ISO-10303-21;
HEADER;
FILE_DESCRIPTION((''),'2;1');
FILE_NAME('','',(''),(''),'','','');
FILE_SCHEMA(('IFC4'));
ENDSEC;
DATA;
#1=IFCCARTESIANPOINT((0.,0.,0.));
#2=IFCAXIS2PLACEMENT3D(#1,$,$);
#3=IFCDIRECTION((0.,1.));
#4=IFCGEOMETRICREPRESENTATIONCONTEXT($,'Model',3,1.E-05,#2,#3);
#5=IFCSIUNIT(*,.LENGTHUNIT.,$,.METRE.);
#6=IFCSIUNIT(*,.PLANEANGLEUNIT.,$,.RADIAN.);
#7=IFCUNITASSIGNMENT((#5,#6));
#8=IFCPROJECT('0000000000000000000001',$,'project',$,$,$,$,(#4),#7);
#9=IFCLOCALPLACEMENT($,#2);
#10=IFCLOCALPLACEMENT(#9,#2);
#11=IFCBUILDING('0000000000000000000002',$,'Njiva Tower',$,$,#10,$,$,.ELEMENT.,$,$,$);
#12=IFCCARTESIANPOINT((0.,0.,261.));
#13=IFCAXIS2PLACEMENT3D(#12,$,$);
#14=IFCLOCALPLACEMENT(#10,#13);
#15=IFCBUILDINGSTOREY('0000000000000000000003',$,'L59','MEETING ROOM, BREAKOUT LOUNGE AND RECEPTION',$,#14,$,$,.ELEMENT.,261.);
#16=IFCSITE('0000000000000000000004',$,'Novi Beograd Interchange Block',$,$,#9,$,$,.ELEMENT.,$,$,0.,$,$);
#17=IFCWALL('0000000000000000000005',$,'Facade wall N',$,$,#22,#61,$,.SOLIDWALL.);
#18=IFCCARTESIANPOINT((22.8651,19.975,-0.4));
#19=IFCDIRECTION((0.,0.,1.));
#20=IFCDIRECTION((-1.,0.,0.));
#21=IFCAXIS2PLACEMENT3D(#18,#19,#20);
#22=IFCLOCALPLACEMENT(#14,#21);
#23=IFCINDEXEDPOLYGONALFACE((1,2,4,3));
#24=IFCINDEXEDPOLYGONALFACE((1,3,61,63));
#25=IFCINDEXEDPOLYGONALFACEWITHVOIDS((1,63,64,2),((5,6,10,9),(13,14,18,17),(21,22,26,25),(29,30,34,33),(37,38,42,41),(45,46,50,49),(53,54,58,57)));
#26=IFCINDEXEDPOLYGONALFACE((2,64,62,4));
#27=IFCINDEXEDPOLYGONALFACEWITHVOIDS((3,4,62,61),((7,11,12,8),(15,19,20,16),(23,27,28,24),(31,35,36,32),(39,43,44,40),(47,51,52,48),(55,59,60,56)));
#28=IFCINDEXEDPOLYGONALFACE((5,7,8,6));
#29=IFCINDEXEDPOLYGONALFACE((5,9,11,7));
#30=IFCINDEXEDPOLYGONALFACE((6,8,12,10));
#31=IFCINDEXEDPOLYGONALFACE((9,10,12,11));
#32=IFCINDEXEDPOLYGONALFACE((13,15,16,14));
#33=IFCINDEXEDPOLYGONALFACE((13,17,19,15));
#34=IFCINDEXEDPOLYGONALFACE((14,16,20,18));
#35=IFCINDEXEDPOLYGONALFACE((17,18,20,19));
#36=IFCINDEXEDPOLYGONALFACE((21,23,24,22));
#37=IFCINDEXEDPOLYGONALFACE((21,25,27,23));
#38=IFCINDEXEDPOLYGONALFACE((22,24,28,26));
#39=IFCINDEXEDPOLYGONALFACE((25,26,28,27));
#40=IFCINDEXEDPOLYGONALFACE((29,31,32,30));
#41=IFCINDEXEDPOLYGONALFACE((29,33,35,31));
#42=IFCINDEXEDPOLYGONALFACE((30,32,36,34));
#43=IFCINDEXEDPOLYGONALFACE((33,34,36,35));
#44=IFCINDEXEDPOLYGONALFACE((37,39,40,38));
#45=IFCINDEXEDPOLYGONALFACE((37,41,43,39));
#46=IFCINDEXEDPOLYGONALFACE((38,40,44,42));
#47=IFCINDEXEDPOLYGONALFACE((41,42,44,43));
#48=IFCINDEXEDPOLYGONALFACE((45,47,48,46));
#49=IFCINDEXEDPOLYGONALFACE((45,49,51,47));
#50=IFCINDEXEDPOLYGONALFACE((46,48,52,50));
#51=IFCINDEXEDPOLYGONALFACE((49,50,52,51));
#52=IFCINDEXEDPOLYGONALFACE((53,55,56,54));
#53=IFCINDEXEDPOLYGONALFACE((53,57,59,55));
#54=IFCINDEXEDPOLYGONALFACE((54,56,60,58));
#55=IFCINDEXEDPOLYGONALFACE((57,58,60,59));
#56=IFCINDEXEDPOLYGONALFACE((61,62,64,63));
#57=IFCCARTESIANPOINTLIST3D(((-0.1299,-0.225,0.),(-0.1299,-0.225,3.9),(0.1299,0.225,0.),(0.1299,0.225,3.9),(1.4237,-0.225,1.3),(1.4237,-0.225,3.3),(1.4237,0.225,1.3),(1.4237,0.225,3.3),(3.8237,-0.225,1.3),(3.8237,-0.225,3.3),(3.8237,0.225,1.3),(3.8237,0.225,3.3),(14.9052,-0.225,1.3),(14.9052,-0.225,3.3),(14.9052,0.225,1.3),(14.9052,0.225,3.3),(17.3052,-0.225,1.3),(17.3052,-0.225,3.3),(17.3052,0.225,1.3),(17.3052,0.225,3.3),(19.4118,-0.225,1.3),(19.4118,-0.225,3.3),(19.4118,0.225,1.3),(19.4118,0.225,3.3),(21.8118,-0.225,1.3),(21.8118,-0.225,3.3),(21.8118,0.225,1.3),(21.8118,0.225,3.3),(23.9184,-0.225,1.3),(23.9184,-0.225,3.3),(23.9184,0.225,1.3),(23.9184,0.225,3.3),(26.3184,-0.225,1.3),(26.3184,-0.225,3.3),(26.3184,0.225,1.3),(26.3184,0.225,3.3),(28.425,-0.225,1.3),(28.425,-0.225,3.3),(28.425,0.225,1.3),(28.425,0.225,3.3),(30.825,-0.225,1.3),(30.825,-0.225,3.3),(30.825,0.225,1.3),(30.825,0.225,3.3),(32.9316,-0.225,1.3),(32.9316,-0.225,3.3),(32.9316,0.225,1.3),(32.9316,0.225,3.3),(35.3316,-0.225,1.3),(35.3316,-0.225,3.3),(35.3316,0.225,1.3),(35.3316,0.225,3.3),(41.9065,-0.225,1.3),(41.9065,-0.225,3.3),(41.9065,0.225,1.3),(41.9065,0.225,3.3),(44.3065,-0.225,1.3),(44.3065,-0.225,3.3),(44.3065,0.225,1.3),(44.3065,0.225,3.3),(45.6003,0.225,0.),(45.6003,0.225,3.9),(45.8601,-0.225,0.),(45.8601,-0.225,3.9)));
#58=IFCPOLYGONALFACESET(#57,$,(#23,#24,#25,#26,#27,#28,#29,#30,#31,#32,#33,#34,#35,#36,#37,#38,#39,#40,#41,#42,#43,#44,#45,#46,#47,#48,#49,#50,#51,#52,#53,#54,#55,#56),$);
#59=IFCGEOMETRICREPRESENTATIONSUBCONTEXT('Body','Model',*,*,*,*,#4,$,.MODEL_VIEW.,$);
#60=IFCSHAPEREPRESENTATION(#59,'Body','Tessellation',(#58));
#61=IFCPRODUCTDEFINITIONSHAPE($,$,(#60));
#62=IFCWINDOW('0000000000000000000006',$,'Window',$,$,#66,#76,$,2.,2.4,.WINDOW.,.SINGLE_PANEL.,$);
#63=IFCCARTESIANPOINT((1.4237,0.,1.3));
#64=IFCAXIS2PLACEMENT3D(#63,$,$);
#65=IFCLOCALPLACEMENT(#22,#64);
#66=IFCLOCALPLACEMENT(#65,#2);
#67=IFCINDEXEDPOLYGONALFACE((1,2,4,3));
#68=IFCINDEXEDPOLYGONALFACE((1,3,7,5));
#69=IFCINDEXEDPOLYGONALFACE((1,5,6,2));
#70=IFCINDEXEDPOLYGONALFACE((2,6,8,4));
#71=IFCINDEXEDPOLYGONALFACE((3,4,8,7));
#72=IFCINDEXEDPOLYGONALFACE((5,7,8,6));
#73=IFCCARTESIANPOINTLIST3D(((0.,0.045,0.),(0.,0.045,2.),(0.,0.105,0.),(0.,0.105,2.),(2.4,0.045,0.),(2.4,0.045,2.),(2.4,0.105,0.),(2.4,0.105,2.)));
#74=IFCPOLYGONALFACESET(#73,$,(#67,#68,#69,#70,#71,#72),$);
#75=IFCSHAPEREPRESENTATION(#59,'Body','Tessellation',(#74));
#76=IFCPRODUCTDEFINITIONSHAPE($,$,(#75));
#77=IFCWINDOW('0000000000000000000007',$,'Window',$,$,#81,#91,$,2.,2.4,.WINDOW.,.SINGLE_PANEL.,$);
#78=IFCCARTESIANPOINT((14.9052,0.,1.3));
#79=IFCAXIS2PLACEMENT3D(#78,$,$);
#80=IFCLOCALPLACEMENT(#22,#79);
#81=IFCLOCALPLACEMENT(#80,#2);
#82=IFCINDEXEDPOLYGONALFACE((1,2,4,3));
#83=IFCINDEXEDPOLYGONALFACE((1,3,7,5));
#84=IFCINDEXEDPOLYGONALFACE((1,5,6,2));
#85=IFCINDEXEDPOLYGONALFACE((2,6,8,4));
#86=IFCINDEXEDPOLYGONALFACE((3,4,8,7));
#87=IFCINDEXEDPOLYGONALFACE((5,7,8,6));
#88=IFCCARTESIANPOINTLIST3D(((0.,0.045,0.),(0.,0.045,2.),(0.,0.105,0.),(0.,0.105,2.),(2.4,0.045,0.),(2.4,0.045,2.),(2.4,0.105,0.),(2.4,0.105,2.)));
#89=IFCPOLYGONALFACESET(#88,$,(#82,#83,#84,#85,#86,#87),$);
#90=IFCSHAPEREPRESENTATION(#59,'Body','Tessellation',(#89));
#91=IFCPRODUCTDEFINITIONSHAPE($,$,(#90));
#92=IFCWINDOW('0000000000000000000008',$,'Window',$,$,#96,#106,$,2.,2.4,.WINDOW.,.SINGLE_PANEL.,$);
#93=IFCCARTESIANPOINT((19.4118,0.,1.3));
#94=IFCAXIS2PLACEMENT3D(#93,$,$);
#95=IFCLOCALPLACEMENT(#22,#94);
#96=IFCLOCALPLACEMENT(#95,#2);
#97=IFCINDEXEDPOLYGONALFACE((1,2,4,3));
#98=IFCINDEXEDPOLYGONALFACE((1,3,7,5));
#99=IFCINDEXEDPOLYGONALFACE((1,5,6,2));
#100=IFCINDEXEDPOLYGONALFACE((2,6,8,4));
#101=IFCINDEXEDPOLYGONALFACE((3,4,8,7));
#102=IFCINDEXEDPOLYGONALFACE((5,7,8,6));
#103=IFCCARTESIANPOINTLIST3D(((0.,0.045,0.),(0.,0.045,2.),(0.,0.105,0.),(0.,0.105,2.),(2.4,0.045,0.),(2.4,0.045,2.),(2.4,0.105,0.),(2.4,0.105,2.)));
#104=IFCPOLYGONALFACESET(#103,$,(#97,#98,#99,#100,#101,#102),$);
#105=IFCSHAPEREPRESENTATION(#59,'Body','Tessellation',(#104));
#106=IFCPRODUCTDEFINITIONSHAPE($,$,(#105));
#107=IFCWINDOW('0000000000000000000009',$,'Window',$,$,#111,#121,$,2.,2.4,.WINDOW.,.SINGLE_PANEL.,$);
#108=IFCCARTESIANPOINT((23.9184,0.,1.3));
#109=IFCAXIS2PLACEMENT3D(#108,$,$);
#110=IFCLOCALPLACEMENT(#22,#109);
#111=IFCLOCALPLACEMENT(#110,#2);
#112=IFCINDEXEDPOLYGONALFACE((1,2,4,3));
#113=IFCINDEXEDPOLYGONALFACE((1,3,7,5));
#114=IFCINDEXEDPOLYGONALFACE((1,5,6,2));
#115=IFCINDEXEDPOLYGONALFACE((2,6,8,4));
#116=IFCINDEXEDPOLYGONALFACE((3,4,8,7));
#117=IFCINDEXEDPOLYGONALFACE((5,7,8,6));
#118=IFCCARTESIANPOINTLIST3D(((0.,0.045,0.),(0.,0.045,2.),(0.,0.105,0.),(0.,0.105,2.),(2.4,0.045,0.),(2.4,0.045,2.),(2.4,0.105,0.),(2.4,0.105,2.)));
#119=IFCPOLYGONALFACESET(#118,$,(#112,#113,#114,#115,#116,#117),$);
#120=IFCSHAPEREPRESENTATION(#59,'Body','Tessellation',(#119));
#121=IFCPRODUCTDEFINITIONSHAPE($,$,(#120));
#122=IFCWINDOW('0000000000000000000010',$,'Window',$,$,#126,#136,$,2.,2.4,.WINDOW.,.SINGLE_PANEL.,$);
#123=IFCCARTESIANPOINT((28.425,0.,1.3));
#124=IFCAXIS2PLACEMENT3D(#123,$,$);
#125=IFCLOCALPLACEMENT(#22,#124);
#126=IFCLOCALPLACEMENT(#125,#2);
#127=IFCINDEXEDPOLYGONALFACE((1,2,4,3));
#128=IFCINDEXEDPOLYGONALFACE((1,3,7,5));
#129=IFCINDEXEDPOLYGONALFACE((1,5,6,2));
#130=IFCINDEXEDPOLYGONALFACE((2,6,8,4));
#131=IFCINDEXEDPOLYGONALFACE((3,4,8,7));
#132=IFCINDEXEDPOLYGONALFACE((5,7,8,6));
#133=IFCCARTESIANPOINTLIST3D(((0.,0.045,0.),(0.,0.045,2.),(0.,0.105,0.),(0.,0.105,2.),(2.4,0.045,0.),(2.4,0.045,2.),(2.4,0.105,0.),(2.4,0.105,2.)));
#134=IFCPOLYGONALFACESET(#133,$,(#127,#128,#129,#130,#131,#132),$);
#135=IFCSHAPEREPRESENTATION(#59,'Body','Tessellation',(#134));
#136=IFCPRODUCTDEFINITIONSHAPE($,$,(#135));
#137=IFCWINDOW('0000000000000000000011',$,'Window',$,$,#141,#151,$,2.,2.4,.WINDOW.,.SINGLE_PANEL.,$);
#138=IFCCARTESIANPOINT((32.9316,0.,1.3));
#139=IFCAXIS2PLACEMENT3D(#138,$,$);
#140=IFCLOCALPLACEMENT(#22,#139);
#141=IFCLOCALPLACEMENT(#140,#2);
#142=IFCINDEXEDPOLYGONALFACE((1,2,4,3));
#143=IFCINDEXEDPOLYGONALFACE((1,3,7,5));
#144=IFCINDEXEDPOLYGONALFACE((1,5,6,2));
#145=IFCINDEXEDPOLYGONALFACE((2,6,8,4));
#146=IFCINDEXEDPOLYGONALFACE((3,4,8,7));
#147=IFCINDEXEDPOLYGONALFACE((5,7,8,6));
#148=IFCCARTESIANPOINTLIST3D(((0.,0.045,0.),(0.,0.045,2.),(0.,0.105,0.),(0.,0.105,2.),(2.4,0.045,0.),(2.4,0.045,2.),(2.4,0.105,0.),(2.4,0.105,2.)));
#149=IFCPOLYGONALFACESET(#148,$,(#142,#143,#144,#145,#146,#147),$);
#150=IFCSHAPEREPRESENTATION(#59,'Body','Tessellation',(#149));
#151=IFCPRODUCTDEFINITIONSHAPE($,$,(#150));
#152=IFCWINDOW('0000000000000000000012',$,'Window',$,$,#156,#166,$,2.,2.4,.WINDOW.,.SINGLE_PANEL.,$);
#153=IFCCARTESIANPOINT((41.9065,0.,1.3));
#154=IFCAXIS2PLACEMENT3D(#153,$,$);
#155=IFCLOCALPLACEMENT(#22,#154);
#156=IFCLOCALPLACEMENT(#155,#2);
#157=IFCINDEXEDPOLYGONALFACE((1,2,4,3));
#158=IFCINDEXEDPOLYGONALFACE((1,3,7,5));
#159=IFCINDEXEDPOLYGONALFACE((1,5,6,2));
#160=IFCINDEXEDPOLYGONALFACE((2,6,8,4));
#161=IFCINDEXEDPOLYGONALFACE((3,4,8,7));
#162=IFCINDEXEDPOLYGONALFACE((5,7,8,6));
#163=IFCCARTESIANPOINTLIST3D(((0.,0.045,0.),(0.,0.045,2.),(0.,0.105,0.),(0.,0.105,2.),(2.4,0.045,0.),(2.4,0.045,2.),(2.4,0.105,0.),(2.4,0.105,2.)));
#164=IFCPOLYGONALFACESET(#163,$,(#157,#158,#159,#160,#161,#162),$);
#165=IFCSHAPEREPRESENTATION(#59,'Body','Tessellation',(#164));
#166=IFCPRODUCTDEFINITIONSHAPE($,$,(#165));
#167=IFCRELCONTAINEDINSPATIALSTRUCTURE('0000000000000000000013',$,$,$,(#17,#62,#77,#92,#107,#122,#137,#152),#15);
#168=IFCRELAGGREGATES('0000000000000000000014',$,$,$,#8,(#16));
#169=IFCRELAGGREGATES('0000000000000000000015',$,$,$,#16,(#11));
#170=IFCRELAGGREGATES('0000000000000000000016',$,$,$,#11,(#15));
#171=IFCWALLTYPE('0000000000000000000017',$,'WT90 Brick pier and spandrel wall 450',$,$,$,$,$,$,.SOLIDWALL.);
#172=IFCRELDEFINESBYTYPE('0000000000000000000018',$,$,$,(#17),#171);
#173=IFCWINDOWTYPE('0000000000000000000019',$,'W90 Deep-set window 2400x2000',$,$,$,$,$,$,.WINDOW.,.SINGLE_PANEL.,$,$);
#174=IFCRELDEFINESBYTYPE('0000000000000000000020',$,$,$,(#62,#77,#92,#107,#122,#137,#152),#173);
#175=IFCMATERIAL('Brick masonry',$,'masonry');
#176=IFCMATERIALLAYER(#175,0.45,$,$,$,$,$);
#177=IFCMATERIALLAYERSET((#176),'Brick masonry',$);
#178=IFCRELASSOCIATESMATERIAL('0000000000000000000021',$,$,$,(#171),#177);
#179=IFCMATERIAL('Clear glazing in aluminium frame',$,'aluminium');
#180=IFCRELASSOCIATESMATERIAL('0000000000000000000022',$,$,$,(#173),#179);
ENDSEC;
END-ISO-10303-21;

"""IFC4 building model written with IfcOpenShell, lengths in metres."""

from ifc_helpers import new_model, si_unit, direction, frame, frame_2d, origin, place, context, subcontext, project, spatial, polyline, rectangle, outline, extrude, material, layer, layer_set, type_object, element, fill, save


model = new_model("IFC4")

# Units and contexts
model_context = context("Model", 3, precision=1e-05, world=origin(), true_north=direction((0.0, 1.0)))
body_context = subcontext(model_context, "Body", "Model", "MODEL_VIEW")
ifc_project = project(units=[si_unit("LENGTHUNIT", "METRE"), si_unit("PLANEANGLEUNIT", "RADIAN")], contexts=[model_context])

# Site, building, storey
site_placement = place(None, origin())
site = spatial("IfcSite", under=ifc_project, at=site_placement, Name="Novi Beograd Interchange Block", CompositionType="ELEMENT", RefElevation=0.0)
building_placement = place(site_placement, origin())
building = spatial("IfcBuilding", under=site, at=building_placement, Name="Njiva Tower", CompositionType="ELEMENT")
storey_placement = place(building_placement, frame((0.0, 0.0, 261.0)))
storey = spatial("IfcBuildingStorey", under=building, at=storey_placement, Name="L59", Description="MEETING ROOM, BREAKOUT LOUNGE AND RECEPTION", CompositionType="ELEMENT", Elevation=261.0)

# Wall, openings, windows
ifc_material_1 = material(Name="Brick masonry", Category="masonry")
ifc_layer_1 = layer(ifc_material_1, 0.45)
ifc_layer_set_1 = layer_set([ifc_layer_1], Name="Brick masonry")
wall_type_1 = type_object("IfcWallType", Name="WT90 Brick pier and spandrel wall 450", PredefinedType="SOLIDWALL", material=ifc_layer_set_1)
wall_1_placement = place(storey_placement, frame((22.8651, 19.975, -0.4), z_axis=(0.0, 0.0, 1.0), x_axis=(-1.0, 0.0, 0.0)))
wall_1 = element("IfcWall", 1, at=wall_1_placement, inside=storey, type_object=wall_type_1, Name="Facade wall N", PredefinedType="SOLIDWALL", context=body_context, shape_type="SweptSolid", body=[
    extrude(outline(polyline([(-0.1299, -0.225), (45.8601, -0.225), (45.6003, 0.225), (0.1299, 0.225), (-0.1299, -0.225)])), origin(), (0.0, 0.0, 1.0), 3.9),
])
opening_1_placement = place(wall_1_placement, frame((1.4237, 0.0, 1.3)))
opening_1 = element("IfcOpeningElement", 2, at=opening_1_placement, cuts=wall_1, PredefinedType="OPENING", context=body_context, shape_type="SweptSolid", body=[
    extrude(rectangle(XDim=2.4, YDim=2.0, at=frame_2d((1.2, 1.0))), frame((0.0, 0.235, 0.0), z_axis=(0.0, -1.0, 0.0), x_axis=(1.0, 0.0, 0.0)), (0.0, 0.0, 1.0), 0.47),
])
opening_2_placement = place(wall_1_placement, frame((14.9052, 0.0, 1.3)))
opening_2 = element("IfcOpeningElement", 3, at=opening_2_placement, cuts=wall_1, PredefinedType="OPENING", context=body_context, shape_type="SweptSolid", body=[
    extrude(rectangle(XDim=2.4, YDim=2.0, at=frame_2d((1.2, 1.0))), frame((0.0, 0.235, 0.0), z_axis=(0.0, -1.0, 0.0), x_axis=(1.0, 0.0, 0.0)), (0.0, 0.0, 1.0), 0.47),
])
opening_3_placement = place(wall_1_placement, frame((19.4118, 0.0, 1.3)))
opening_3 = element("IfcOpeningElement", 4, at=opening_3_placement, cuts=wall_1, PredefinedType="OPENING", context=body_context, shape_type="SweptSolid", body=[
    extrude(rectangle(XDim=2.4, YDim=2.0, at=frame_2d((1.2, 1.0))), frame((0.0, 0.235, 0.0), z_axis=(0.0, -1.0, 0.0), x_axis=(1.0, 0.0, 0.0)), (0.0, 0.0, 1.0), 0.47),
])
opening_4_placement = place(wall_1_placement, frame((23.9184, 0.0, 1.3)))
opening_4 = element("IfcOpeningElement", 5, at=opening_4_placement, cuts=wall_1, PredefinedType="OPENING", context=body_context, shape_type="SweptSolid", body=[
    extrude(rectangle(XDim=2.4, YDim=2.0, at=frame_2d((1.2, 1.0))), frame((0.0, 0.235, 0.0), z_axis=(0.0, -1.0, 0.0), x_axis=(1.0, 0.0, 0.0)), (0.0, 0.0, 1.0), 0.47),
])
opening_5_placement = place(wall_1_placement, frame((28.425, 0.0, 1.3)))
opening_5 = element("IfcOpeningElement", 6, at=opening_5_placement, cuts=wall_1, PredefinedType="OPENING", context=body_context, shape_type="SweptSolid", body=[
    extrude(rectangle(XDim=2.4, YDim=2.0, at=frame_2d((1.2, 1.0))), frame((0.0, 0.235, 0.0), z_axis=(0.0, -1.0, 0.0), x_axis=(1.0, 0.0, 0.0)), (0.0, 0.0, 1.0), 0.47),
])
opening_6_placement = place(wall_1_placement, frame((32.9316, 0.0, 1.3)))
opening_6 = element("IfcOpeningElement", 7, at=opening_6_placement, cuts=wall_1, PredefinedType="OPENING", context=body_context, shape_type="SweptSolid", body=[
    extrude(rectangle(XDim=2.4, YDim=2.0, at=frame_2d((1.2, 1.0))), frame((0.0, 0.235, 0.0), z_axis=(0.0, -1.0, 0.0), x_axis=(1.0, 0.0, 0.0)), (0.0, 0.0, 1.0), 0.47),
])
opening_7_placement = place(wall_1_placement, frame((41.9065, 0.0, 1.3)))
opening_7 = element("IfcOpeningElement", 8, at=opening_7_placement, cuts=wall_1, PredefinedType="OPENING", context=body_context, shape_type="SweptSolid", body=[
    extrude(rectangle(XDim=2.4, YDim=2.0, at=frame_2d((1.2, 1.0))), frame((0.0, 0.235, 0.0), z_axis=(0.0, -1.0, 0.0), x_axis=(1.0, 0.0, 0.0)), (0.0, 0.0, 1.0), 0.47),
])
ifc_material_2 = material(Name="Clear glazing in aluminium frame", Category="aluminium")
window_type_1 = type_object("IfcWindowType", Name="W90 Deep-set window 2400x2000", PartitioningType="SINGLE_PANEL", PredefinedType="WINDOW", material=ifc_material_2)
window_1_placement = place(opening_1_placement, origin())
window_1 = element("IfcWindow", 9, at=window_1_placement, inside=storey, type_object=window_type_1, Name="Window", OverallHeight=2.0, OverallWidth=2.4, PartitioningType="SINGLE_PANEL", PredefinedType="WINDOW", context=body_context, shape_type="SweptSolid", body=[
    extrude(rectangle(XDim=2.4, YDim=2.0, at=frame_2d((1.2, 1.0))), frame((0.0, 0.105, 0.0), z_axis=(0.0, -1.0, 0.0), x_axis=(1.0, 0.0, 0.0)), (0.0, 0.0, 1.0), 0.06),
])
fill(opening_1, window_1)
window_2_placement = place(opening_2_placement, origin())
window_2 = element("IfcWindow", 10, at=window_2_placement, inside=storey, type_object=window_type_1, Name="Window", OverallHeight=2.0, OverallWidth=2.4, PartitioningType="SINGLE_PANEL", PredefinedType="WINDOW", context=body_context, shape_type="SweptSolid", body=[
    extrude(rectangle(XDim=2.4, YDim=2.0, at=frame_2d((1.2, 1.0))), frame((0.0, 0.105, 0.0), z_axis=(0.0, -1.0, 0.0), x_axis=(1.0, 0.0, 0.0)), (0.0, 0.0, 1.0), 0.06),
])
fill(opening_2, window_2)
window_3_placement = place(opening_3_placement, origin())
window_3 = element("IfcWindow", 11, at=window_3_placement, inside=storey, type_object=window_type_1, Name="Window", OverallHeight=2.0, OverallWidth=2.4, PartitioningType="SINGLE_PANEL", PredefinedType="WINDOW", context=body_context, shape_type="SweptSolid", body=[
    extrude(rectangle(XDim=2.4, YDim=2.0, at=frame_2d((1.2, 1.0))), frame((0.0, 0.105, 0.0), z_axis=(0.0, -1.0, 0.0), x_axis=(1.0, 0.0, 0.0)), (0.0, 0.0, 1.0), 0.06),
])
fill(opening_3, window_3)
window_4_placement = place(opening_4_placement, origin())
window_4 = element("IfcWindow", 12, at=window_4_placement, inside=storey, type_object=window_type_1, Name="Window", OverallHeight=2.0, OverallWidth=2.4, PartitioningType="SINGLE_PANEL", PredefinedType="WINDOW", context=body_context, shape_type="SweptSolid", body=[
    extrude(rectangle(XDim=2.4, YDim=2.0, at=frame_2d((1.2, 1.0))), frame((0.0, 0.105, 0.0), z_axis=(0.0, -1.0, 0.0), x_axis=(1.0, 0.0, 0.0)), (0.0, 0.0, 1.0), 0.06),
])
fill(opening_4, window_4)
window_5_placement = place(opening_5_placement, origin())
window_5 = element("IfcWindow", 13, at=window_5_placement, inside=storey, type_object=window_type_1, Name="Window", OverallHeight=2.0, OverallWidth=2.4, PartitioningType="SINGLE_PANEL", PredefinedType="WINDOW", context=body_context, shape_type="SweptSolid", body=[
    extrude(rectangle(XDim=2.4, YDim=2.0, at=frame_2d((1.2, 1.0))), frame((0.0, 0.105, 0.0), z_axis=(0.0, -1.0, 0.0), x_axis=(1.0, 0.0, 0.0)), (0.0, 0.0, 1.0), 0.06),
])
fill(opening_5, window_5)
window_6_placement = place(opening_6_placement, origin())
window_6 = element("IfcWindow", 14, at=window_6_placement, inside=storey, type_object=window_type_1, Name="Window", OverallHeight=2.0, OverallWidth=2.4, PartitioningType="SINGLE_PANEL", PredefinedType="WINDOW", context=body_context, shape_type="SweptSolid", body=[
    extrude(rectangle(XDim=2.4, YDim=2.0, at=frame_2d((1.2, 1.0))), frame((0.0, 0.105, 0.0), z_axis=(0.0, -1.0, 0.0), x_axis=(1.0, 0.0, 0.0)), (0.0, 0.0, 1.0), 0.06),
])
fill(opening_6, window_6)
window_7_placement = place(opening_7_placement, origin())
window_7 = element("IfcWindow", 15, at=window_7_placement, inside=storey, type_object=window_type_1, Name="Window", OverallHeight=2.0, OverallWidth=2.4, PartitioningType="SINGLE_PANEL", PredefinedType="WINDOW", context=body_context, shape_type="SweptSolid", body=[
    extrude(rectangle(XDim=2.4, YDim=2.0, at=frame_2d((1.2, 1.0))), frame((0.0, 0.105, 0.0), z_axis=(0.0, -1.0, 0.0), x_axis=(1.0, 0.0, 0.0)), (0.0, 0.0, 1.0), 0.06),
])
fill(opening_7, window_7)

save(model, "model.ifc")
